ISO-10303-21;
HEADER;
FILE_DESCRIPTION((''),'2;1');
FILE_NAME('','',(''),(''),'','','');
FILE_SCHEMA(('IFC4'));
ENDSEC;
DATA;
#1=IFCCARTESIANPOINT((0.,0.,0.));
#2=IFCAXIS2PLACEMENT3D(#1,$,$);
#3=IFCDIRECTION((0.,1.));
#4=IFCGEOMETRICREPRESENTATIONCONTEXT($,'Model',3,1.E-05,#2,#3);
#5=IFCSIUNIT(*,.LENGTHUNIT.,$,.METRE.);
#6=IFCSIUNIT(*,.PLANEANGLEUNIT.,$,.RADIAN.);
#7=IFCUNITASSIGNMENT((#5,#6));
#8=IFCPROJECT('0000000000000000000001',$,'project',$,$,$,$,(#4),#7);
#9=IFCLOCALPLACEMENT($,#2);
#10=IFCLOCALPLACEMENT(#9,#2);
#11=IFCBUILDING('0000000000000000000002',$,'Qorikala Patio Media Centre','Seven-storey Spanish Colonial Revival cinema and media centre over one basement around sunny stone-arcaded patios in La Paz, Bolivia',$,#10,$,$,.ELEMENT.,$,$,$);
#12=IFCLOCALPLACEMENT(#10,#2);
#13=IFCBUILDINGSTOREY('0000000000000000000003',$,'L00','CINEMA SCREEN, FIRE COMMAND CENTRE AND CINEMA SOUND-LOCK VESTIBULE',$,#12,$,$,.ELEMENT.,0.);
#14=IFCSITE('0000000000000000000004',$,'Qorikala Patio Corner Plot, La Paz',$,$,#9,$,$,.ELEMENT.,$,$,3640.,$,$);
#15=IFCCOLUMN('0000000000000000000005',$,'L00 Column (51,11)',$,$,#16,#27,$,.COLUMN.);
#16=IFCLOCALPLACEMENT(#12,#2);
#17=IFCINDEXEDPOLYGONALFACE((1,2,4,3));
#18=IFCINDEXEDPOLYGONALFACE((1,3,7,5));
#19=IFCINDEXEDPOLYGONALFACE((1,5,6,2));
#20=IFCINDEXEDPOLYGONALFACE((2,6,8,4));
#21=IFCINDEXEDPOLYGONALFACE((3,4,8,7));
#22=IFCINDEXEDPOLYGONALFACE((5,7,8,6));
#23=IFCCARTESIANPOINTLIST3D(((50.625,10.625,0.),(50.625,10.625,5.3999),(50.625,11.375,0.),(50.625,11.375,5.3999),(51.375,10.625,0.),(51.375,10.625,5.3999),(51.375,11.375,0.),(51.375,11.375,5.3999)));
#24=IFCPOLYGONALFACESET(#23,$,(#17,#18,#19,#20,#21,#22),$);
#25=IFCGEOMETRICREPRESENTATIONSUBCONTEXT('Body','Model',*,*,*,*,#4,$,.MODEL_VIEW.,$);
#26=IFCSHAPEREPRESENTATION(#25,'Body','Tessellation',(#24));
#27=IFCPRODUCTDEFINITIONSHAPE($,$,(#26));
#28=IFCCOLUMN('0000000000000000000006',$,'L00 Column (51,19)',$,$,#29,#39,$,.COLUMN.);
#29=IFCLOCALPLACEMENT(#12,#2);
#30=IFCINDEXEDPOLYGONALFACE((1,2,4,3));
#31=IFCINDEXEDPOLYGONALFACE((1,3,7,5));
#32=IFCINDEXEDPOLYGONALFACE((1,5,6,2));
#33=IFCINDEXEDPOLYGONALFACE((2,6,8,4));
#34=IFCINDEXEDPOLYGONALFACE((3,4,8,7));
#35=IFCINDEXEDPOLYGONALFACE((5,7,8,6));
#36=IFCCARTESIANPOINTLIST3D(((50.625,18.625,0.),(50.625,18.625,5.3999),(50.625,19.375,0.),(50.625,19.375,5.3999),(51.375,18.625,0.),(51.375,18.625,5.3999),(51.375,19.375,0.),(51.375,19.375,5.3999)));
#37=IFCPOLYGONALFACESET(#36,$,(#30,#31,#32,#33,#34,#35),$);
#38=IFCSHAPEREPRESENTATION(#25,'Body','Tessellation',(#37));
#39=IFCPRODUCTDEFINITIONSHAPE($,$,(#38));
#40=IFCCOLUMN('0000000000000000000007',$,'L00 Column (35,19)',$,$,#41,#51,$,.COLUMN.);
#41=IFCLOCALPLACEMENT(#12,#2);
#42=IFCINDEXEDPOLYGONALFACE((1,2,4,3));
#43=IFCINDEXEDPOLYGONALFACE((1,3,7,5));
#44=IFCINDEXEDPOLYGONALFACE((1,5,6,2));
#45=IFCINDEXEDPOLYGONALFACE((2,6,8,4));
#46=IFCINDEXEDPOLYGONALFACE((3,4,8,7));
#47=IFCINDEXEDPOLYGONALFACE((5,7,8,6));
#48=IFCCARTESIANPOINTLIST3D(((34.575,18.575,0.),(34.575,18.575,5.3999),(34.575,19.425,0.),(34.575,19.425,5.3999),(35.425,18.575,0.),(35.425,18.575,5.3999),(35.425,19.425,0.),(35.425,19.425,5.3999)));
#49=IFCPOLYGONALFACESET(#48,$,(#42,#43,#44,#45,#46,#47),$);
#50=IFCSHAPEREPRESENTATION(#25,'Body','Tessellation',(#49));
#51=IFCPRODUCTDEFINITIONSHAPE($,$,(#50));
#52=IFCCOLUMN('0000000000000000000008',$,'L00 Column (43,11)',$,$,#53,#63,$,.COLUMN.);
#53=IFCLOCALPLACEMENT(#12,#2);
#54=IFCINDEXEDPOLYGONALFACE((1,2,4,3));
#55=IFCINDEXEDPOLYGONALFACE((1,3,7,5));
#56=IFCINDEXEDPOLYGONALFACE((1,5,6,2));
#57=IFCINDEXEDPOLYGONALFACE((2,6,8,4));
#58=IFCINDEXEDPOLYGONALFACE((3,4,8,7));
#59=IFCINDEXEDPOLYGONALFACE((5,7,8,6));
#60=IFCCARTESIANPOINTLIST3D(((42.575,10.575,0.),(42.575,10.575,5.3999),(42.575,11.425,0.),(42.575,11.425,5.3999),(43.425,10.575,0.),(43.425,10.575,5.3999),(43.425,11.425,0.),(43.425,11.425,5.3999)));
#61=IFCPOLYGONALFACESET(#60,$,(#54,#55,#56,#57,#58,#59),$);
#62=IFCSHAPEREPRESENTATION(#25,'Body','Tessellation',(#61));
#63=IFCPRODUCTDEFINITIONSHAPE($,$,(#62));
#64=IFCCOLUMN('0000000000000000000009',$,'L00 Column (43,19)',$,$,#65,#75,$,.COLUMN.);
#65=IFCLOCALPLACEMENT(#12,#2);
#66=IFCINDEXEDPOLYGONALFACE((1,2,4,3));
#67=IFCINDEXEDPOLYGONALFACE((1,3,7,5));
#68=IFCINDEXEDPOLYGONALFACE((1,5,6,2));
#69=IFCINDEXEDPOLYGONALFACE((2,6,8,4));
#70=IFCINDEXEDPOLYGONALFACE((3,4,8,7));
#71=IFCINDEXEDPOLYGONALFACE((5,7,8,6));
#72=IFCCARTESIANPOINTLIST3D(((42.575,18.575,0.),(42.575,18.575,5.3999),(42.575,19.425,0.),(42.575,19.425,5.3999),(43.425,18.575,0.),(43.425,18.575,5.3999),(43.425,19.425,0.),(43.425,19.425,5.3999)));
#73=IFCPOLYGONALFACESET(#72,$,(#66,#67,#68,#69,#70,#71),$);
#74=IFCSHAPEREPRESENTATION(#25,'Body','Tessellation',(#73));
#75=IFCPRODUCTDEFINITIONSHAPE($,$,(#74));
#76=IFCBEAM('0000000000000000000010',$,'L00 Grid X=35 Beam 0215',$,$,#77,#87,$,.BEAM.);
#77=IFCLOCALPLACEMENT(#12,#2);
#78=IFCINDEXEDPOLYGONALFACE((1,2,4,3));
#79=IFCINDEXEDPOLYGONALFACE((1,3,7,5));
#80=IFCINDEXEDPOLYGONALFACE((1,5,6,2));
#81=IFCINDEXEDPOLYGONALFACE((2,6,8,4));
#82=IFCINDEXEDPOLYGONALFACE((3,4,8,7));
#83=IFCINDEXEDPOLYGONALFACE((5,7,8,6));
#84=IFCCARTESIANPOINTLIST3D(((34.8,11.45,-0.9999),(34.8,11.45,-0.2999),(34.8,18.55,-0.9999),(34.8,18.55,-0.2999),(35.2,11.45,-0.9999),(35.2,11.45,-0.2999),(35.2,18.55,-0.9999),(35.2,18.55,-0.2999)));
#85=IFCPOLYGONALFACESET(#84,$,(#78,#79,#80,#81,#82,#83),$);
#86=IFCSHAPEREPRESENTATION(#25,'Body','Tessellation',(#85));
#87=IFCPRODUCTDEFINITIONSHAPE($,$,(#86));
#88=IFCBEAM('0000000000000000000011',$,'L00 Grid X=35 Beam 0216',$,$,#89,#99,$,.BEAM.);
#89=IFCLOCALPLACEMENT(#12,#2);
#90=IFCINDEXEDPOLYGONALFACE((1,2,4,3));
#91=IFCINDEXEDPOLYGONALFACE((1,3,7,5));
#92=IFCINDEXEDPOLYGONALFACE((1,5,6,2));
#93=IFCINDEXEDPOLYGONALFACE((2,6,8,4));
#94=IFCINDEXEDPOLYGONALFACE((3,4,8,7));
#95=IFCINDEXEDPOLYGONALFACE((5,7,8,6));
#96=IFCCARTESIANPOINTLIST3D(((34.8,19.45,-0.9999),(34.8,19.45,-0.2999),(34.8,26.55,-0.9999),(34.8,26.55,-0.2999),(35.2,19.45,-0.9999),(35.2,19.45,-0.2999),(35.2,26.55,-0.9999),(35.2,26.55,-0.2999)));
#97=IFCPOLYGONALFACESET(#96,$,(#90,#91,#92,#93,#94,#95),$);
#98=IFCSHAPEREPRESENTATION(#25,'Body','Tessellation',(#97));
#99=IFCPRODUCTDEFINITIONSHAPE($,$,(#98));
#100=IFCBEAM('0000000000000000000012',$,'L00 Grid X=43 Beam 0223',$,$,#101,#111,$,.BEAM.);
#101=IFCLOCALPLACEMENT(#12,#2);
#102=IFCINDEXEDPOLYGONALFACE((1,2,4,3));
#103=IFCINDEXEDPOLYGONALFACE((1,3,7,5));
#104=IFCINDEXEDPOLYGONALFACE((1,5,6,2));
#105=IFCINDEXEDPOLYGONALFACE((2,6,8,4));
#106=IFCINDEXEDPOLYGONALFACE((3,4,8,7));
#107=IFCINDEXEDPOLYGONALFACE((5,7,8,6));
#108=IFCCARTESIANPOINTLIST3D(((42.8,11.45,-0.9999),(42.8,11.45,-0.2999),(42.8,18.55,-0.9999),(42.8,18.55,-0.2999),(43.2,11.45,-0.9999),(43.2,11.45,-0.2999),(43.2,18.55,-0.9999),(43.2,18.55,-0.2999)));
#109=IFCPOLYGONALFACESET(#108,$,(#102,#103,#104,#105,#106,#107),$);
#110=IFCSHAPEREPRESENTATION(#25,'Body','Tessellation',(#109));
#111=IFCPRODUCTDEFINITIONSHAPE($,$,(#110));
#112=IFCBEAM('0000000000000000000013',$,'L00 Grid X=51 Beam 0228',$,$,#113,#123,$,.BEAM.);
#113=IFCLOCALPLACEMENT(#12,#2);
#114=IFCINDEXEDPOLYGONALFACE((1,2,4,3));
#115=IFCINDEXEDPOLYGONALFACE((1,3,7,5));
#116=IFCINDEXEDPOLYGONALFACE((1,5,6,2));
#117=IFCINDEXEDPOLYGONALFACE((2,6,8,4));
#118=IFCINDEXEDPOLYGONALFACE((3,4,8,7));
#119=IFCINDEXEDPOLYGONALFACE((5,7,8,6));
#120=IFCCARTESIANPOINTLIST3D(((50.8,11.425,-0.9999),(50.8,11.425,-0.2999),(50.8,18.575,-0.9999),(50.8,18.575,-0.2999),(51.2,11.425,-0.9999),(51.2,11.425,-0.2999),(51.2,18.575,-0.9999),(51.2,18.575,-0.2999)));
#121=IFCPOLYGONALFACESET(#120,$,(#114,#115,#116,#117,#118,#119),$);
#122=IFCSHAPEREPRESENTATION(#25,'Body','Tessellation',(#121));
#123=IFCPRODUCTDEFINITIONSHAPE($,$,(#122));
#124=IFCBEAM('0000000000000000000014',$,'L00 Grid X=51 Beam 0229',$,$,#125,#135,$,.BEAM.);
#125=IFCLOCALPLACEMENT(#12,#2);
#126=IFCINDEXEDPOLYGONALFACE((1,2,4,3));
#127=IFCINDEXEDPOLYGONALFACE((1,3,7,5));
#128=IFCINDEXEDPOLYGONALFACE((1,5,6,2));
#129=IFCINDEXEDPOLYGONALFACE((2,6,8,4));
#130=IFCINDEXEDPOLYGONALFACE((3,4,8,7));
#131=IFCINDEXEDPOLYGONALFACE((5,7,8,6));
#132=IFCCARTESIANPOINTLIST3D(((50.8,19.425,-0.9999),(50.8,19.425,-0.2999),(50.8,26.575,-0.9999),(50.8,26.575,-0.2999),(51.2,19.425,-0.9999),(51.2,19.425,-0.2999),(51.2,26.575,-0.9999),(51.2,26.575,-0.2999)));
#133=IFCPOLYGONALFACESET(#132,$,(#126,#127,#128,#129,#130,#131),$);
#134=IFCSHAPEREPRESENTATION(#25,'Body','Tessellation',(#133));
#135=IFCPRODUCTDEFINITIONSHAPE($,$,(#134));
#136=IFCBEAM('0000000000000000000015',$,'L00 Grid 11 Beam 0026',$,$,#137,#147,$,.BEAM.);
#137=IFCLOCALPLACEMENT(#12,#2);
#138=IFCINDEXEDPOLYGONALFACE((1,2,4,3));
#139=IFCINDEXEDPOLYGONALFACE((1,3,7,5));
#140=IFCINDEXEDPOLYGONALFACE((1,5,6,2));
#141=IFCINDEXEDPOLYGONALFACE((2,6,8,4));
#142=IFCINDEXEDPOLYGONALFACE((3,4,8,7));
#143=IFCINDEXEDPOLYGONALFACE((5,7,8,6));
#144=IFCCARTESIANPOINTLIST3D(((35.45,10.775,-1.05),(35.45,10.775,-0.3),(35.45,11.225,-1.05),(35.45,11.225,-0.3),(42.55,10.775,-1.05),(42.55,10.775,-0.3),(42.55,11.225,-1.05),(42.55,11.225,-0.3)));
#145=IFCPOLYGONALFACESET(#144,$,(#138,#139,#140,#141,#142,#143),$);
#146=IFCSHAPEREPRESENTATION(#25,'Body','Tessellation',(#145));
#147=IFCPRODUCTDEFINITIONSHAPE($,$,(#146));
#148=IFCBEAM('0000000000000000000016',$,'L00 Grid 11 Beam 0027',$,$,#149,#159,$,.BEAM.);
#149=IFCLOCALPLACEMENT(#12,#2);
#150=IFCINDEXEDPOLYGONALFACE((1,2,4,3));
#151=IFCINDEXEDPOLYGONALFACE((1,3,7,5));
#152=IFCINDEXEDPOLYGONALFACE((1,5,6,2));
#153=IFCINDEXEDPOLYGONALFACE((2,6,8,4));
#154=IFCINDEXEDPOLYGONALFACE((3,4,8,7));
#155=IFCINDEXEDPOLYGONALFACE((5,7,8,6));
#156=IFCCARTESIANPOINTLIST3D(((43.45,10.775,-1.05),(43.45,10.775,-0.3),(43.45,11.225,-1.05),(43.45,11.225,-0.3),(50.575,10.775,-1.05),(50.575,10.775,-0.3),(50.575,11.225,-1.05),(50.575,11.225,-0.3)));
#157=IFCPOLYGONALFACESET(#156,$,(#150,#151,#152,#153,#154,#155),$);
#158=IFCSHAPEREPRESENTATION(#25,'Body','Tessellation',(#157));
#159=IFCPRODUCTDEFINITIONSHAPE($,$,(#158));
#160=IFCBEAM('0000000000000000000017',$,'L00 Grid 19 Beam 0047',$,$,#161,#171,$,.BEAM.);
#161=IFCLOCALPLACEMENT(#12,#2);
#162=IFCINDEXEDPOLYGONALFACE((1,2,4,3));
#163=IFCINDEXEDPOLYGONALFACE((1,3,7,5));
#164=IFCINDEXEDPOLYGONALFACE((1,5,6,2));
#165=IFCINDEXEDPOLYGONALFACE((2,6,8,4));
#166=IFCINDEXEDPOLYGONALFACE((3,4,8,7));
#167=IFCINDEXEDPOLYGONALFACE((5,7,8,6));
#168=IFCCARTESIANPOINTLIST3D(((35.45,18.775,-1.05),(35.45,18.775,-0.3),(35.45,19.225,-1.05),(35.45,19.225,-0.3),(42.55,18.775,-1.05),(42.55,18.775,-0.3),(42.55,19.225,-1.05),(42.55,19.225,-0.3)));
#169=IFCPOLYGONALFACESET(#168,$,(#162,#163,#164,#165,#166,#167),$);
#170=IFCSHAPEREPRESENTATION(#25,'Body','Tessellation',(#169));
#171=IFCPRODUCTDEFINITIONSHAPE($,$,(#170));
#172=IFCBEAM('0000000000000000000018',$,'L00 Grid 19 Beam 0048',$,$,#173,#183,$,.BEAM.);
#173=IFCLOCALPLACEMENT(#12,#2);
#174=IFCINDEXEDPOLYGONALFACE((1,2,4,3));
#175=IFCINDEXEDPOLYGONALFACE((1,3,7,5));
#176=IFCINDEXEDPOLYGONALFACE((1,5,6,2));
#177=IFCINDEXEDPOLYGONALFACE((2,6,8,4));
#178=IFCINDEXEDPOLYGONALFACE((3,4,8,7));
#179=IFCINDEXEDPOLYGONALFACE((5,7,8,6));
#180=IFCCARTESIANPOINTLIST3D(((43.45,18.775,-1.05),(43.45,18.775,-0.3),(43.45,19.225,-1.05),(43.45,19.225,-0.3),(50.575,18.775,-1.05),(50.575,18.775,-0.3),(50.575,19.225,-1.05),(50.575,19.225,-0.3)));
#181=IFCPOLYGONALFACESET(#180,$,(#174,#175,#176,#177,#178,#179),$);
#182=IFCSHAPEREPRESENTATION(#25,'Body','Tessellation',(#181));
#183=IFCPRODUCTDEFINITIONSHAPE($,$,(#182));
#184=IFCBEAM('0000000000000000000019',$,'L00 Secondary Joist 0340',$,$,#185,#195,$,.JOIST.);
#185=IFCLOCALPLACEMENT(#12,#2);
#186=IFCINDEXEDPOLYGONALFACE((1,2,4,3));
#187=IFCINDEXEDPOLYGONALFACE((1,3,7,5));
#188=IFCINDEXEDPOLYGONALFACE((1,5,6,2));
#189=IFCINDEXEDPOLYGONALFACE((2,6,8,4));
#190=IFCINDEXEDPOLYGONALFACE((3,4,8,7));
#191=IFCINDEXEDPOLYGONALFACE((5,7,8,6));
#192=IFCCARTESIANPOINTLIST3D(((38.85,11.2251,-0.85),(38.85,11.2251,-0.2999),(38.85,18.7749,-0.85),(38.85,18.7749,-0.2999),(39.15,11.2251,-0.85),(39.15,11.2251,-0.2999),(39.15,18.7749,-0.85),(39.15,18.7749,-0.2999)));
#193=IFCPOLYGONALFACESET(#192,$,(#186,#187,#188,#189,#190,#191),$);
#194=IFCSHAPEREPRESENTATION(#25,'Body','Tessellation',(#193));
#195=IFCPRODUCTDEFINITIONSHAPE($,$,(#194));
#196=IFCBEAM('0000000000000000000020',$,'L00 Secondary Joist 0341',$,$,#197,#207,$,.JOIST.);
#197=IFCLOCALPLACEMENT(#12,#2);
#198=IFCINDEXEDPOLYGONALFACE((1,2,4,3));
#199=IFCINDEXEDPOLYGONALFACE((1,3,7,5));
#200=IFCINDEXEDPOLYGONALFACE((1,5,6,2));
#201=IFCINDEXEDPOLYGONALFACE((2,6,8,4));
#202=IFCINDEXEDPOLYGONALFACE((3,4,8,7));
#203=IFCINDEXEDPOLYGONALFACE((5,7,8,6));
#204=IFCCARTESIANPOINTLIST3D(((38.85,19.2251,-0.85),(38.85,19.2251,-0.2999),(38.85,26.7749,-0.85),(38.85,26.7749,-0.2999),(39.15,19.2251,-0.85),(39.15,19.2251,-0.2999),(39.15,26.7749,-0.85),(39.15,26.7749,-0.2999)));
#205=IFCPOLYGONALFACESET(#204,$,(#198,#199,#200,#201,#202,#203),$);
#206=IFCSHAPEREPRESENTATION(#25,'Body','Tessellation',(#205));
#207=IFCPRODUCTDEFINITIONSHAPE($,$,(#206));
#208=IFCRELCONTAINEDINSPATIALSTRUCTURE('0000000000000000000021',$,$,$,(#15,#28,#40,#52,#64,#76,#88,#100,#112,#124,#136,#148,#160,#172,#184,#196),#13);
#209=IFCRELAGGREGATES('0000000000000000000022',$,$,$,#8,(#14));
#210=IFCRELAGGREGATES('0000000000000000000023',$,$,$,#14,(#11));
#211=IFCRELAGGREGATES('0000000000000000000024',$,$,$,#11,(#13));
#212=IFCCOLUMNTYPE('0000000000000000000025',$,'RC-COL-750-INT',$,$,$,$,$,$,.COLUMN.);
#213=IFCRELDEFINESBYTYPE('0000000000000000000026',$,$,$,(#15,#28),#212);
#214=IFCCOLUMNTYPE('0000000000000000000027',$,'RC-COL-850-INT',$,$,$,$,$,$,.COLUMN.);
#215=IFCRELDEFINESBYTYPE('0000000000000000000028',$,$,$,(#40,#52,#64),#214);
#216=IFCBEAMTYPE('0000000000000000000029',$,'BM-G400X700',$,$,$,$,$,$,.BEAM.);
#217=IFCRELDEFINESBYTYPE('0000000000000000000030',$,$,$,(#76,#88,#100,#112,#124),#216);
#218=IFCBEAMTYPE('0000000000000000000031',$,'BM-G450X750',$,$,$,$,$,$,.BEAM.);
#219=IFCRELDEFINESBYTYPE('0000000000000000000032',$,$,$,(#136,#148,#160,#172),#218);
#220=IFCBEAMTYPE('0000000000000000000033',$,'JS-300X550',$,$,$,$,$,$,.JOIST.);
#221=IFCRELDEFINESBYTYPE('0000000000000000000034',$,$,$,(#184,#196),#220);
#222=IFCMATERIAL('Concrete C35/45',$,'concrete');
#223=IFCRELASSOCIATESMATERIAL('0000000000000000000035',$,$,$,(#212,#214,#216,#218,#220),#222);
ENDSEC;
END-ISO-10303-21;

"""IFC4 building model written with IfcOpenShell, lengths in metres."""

from ifc_helpers import new_model, si_unit, direction, frame, origin, origin_2d, place, context, subcontext, project, spatial, rectangle, extrude, material, material_profile, profile_set, type_object, element, save


model = new_model("IFC4")

# Units and contexts
model_context = context("Model", 3, precision=1e-05, world=origin(), true_north=direction((0.0, 1.0)))
body_context = subcontext(model_context, "Body", "Model", "MODEL_VIEW")
ifc_project = project(units=[si_unit("LENGTHUNIT", "METRE"), si_unit("PLANEANGLEUNIT", "RADIAN")], contexts=[model_context])

# Site, building, storey
site_placement = place(None, origin())
site = spatial("IfcSite", under=ifc_project, at=site_placement, Name="Qorikala Patio Corner Plot, La Paz", CompositionType="ELEMENT", RefElevation=3640.0)
building_placement = place(site_placement, origin())
building = spatial("IfcBuilding", under=site, at=building_placement, Name="Qorikala Patio Media Centre", Description="Seven-storey Spanish Colonial Revival cinema and media centre over one basement around sunny stone-arcaded patios in La Paz, Bolivia", CompositionType="ELEMENT")
storey_placement = place(building_placement, origin())
storey = spatial("IfcBuildingStorey", under=building, at=storey_placement, Name="L00", Description="CINEMA SCREEN, FIRE COMMAND CENTRE AND CINEMA SOUND-LOCK VESTIBULE", CompositionType="ELEMENT", Elevation=0.0)

# Columns
ifc_material_1 = material(Name="Concrete C35/45", Category="concrete")
ifc_material_profile_1 = material_profile(ifc_material_1, rectangle(XDim=0.75, YDim=0.75, at=origin_2d()), Name="RC 750x750")
ifc_profile_set_1 = profile_set([ifc_material_profile_1], Name="Concrete C35/45")
column_type_1 = type_object("IfcColumnType", Name="RC-COL-750-INT", PredefinedType="COLUMN", material=ifc_profile_set_1)
for number, where, z_axis, x_axis, name in (
    (1, (51.0, 11.0, 0.0), (0.0, 0.0, 1.0), (1.0, 0.0, 0.0), "L00 Column (51,11)"),
    (2, (51.0, 19.0, 0.0), (0.0, 0.0, 1.0), (1.0, 0.0, 0.0), "L00 Column (51,19)"),
):
    element("IfcColumn", number, at=place(storey_placement, frame(where, z_axis=z_axis, x_axis=x_axis)), inside=storey, type_object=column_type_1, Name=name, PredefinedType="COLUMN", context=body_context, shape_type="SweptSolid", body=[
        extrude(rectangle(XDim=0.75, YDim=0.75, at=origin_2d()), origin(), (0.0, 0.0, 1.0), 5.3999),
    ])
ifc_material_profile_2 = material_profile(ifc_material_1, rectangle(XDim=0.8501, YDim=0.8501, at=origin_2d()), Name="RC 850x850")
ifc_profile_set_2 = profile_set([ifc_material_profile_2], Name="Concrete C35/45")
column_type_2 = type_object("IfcColumnType", Name="RC-COL-850-INT", PredefinedType="COLUMN", material=ifc_profile_set_2)
for number, where, z_axis, x_axis, name in (
    (3, (35.0, 19.0, 0.0), (0.0, 0.0, 1.0), (1.0, 0.0, 0.0), "L00 Column (35,19)"),
    (4, (43.0, 11.0, 0.0), (0.0, 0.0, 1.0), (1.0, 0.0, 0.0), "L00 Column (43,11)"),
    (5, (43.0, 19.0, 0.0), (0.0, 0.0, 1.0), (1.0, 0.0, 0.0), "L00 Column (43,19)"),
):
    element("IfcColumn", number, at=place(storey_placement, frame(where, z_axis=z_axis, x_axis=x_axis)), inside=storey, type_object=column_type_2, Name=name, PredefinedType="COLUMN", context=body_context, shape_type="SweptSolid", body=[
        extrude(rectangle(XDim=0.8501, YDim=0.8501, at=origin_2d()), origin(), (0.0, 0.0, 1.0), 5.3999),
    ])

# Beams
ifc_material_profile_3 = material_profile(ifc_material_1, rectangle(XDim=0.3999, YDim=0.7, at=origin_2d()), Name="RC 400x700")
ifc_profile_set_3 = profile_set([ifc_material_profile_3], Name="Concrete C35/45")
beam_type_1 = type_object("IfcBeamType", Name="BM-G400X700", PredefinedType="BEAM", material=ifc_profile_set_3)
for number, where, z_axis, x_axis, name in (
    (6, (35.0, 11.45, -0.6499), (0.0, 1.0, 0.0), (-1.0, 0.0, 0.0), "L00 Grid X=35 Beam 0215"),
    (7, (35.0, 19.45, -0.6499), (0.0, 1.0, 0.0), (-1.0, 0.0, 0.0), "L00 Grid X=35 Beam 0216"),
    (8, (43.0, 11.45, -0.6499), (0.0, 1.0, 0.0), (-1.0, 0.0, 0.0), "L00 Grid X=43 Beam 0223"),
):
    element("IfcBeam", number, at=place(storey_placement, frame(where, z_axis=z_axis, x_axis=x_axis)), inside=storey, type_object=beam_type_1, Name=name, PredefinedType="BEAM", context=body_context, shape_type="SweptSolid", body=[
        extrude(rectangle(XDim=0.3999, YDim=0.7, at=origin_2d()), origin(), (0.0, 0.0, 1.0), 7.1001),
    ])
for number, where, z_axis, x_axis, name in (
    (9, (51.0, 11.425, -0.6499), (0.0, 1.0, 0.0), (-1.0, 0.0, 0.0), "L00 Grid X=51 Beam 0228"),
    (10, (51.0, 19.425, -0.6499), (0.0, 1.0, 0.0), (-1.0, 0.0, 0.0), "L00 Grid X=51 Beam 0229"),
):
    element("IfcBeam", number, at=place(storey_placement, frame(where, z_axis=z_axis, x_axis=x_axis)), inside=storey, type_object=beam_type_1, Name=name, PredefinedType="BEAM", context=body_context, shape_type="SweptSolid", body=[
        extrude(rectangle(XDim=0.3999, YDim=0.7, at=origin_2d()), origin(), (0.0, 0.0, 1.0), 7.1499),
    ])
ifc_material_profile_4 = material_profile(ifc_material_1, rectangle(XDim=0.45, YDim=0.75, at=origin_2d()), Name="RC 450x750")
ifc_profile_set_4 = profile_set([ifc_material_profile_4], Name="Concrete C35/45")
beam_type_2 = type_object("IfcBeamType", Name="BM-G450X750", PredefinedType="BEAM", material=ifc_profile_set_4)
beam_1_placement = place(storey_placement, frame((35.45, 11.0, -0.675), z_axis=(1.0, 0.0, 0.0), x_axis=(0.0, 1.0, 0.0)))
element("IfcBeam", 11, at=beam_1_placement, inside=storey, type_object=beam_type_2, Name="L00 Grid 11 Beam 0026", PredefinedType="BEAM", context=body_context, shape_type="SweptSolid", body=[
    extrude(rectangle(XDim=0.45, YDim=0.75, at=origin_2d()), origin(), (0.0, 0.0, 1.0), 7.1001),
])
beam_2_placement = place(storey_placement, frame((43.45, 11.0, -0.675), z_axis=(1.0, 0.0, 0.0), x_axis=(0.0, 1.0, 0.0)))
element("IfcBeam", 12, at=beam_2_placement, inside=storey, type_object=beam_type_2, Name="L00 Grid 11 Beam 0027", PredefinedType="BEAM", context=body_context, shape_type="SweptSolid", body=[
    extrude(rectangle(XDim=0.45, YDim=0.75, at=origin_2d()), origin(), (0.0, 0.0, 1.0), 7.125),
])
beam_3_placement = place(storey_placement, frame((35.45, 19.0, -0.675), z_axis=(1.0, 0.0, 0.0), x_axis=(0.0, 1.0, 0.0)))
element("IfcBeam", 13, at=beam_3_placement, inside=storey, type_object=beam_type_2, Name="L00 Grid 19 Beam 0047", PredefinedType="BEAM", context=body_context, shape_type="SweptSolid", body=[
    extrude(rectangle(XDim=0.45, YDim=0.75, at=origin_2d()), origin(), (0.0, 0.0, 1.0), 7.1001),
])
beam_4_placement = place(storey_placement, frame((43.45, 19.0, -0.675), z_axis=(1.0, 0.0, 0.0), x_axis=(0.0, 1.0, 0.0)))
element("IfcBeam", 14, at=beam_4_placement, inside=storey, type_object=beam_type_2, Name="L00 Grid 19 Beam 0048", PredefinedType="BEAM", context=body_context, shape_type="SweptSolid", body=[
    extrude(rectangle(XDim=0.45, YDim=0.75, at=origin_2d()), origin(), (0.0, 0.0, 1.0), 7.125),
])
ifc_material_profile_5 = material_profile(ifc_material_1, rectangle(XDim=0.3, YDim=0.55, at=origin_2d()), Name="RC 300x550")
ifc_profile_set_5 = profile_set([ifc_material_profile_5], Name="Concrete C35/45")
beam_type_3 = type_object("IfcBeamType", Name="JS-300X550", PredefinedType="JOIST", material=ifc_profile_set_5)
for number, where, z_axis, x_axis, name in (
    (15, (39.0, 11.2251, -0.575), (0.0, 1.0, 0.0), (-1.0, 0.0, 0.0), "L00 Secondary Joist 0340"),
    (16, (39.0, 19.2251, -0.575), (0.0, 1.0, 0.0), (-1.0, 0.0, 0.0), "L00 Secondary Joist 0341"),
):
    element("IfcBeam", number, at=place(storey_placement, frame(where, z_axis=z_axis, x_axis=x_axis)), inside=storey, type_object=beam_type_3, Name=name, PredefinedType="JOIST", context=body_context, shape_type="SweptSolid", body=[
        extrude(rectangle(XDim=0.3, YDim=0.55, at=origin_2d()), origin(), (0.0, 0.0, 1.0), 7.5498),
    ])

save(model, "model.ifc")
